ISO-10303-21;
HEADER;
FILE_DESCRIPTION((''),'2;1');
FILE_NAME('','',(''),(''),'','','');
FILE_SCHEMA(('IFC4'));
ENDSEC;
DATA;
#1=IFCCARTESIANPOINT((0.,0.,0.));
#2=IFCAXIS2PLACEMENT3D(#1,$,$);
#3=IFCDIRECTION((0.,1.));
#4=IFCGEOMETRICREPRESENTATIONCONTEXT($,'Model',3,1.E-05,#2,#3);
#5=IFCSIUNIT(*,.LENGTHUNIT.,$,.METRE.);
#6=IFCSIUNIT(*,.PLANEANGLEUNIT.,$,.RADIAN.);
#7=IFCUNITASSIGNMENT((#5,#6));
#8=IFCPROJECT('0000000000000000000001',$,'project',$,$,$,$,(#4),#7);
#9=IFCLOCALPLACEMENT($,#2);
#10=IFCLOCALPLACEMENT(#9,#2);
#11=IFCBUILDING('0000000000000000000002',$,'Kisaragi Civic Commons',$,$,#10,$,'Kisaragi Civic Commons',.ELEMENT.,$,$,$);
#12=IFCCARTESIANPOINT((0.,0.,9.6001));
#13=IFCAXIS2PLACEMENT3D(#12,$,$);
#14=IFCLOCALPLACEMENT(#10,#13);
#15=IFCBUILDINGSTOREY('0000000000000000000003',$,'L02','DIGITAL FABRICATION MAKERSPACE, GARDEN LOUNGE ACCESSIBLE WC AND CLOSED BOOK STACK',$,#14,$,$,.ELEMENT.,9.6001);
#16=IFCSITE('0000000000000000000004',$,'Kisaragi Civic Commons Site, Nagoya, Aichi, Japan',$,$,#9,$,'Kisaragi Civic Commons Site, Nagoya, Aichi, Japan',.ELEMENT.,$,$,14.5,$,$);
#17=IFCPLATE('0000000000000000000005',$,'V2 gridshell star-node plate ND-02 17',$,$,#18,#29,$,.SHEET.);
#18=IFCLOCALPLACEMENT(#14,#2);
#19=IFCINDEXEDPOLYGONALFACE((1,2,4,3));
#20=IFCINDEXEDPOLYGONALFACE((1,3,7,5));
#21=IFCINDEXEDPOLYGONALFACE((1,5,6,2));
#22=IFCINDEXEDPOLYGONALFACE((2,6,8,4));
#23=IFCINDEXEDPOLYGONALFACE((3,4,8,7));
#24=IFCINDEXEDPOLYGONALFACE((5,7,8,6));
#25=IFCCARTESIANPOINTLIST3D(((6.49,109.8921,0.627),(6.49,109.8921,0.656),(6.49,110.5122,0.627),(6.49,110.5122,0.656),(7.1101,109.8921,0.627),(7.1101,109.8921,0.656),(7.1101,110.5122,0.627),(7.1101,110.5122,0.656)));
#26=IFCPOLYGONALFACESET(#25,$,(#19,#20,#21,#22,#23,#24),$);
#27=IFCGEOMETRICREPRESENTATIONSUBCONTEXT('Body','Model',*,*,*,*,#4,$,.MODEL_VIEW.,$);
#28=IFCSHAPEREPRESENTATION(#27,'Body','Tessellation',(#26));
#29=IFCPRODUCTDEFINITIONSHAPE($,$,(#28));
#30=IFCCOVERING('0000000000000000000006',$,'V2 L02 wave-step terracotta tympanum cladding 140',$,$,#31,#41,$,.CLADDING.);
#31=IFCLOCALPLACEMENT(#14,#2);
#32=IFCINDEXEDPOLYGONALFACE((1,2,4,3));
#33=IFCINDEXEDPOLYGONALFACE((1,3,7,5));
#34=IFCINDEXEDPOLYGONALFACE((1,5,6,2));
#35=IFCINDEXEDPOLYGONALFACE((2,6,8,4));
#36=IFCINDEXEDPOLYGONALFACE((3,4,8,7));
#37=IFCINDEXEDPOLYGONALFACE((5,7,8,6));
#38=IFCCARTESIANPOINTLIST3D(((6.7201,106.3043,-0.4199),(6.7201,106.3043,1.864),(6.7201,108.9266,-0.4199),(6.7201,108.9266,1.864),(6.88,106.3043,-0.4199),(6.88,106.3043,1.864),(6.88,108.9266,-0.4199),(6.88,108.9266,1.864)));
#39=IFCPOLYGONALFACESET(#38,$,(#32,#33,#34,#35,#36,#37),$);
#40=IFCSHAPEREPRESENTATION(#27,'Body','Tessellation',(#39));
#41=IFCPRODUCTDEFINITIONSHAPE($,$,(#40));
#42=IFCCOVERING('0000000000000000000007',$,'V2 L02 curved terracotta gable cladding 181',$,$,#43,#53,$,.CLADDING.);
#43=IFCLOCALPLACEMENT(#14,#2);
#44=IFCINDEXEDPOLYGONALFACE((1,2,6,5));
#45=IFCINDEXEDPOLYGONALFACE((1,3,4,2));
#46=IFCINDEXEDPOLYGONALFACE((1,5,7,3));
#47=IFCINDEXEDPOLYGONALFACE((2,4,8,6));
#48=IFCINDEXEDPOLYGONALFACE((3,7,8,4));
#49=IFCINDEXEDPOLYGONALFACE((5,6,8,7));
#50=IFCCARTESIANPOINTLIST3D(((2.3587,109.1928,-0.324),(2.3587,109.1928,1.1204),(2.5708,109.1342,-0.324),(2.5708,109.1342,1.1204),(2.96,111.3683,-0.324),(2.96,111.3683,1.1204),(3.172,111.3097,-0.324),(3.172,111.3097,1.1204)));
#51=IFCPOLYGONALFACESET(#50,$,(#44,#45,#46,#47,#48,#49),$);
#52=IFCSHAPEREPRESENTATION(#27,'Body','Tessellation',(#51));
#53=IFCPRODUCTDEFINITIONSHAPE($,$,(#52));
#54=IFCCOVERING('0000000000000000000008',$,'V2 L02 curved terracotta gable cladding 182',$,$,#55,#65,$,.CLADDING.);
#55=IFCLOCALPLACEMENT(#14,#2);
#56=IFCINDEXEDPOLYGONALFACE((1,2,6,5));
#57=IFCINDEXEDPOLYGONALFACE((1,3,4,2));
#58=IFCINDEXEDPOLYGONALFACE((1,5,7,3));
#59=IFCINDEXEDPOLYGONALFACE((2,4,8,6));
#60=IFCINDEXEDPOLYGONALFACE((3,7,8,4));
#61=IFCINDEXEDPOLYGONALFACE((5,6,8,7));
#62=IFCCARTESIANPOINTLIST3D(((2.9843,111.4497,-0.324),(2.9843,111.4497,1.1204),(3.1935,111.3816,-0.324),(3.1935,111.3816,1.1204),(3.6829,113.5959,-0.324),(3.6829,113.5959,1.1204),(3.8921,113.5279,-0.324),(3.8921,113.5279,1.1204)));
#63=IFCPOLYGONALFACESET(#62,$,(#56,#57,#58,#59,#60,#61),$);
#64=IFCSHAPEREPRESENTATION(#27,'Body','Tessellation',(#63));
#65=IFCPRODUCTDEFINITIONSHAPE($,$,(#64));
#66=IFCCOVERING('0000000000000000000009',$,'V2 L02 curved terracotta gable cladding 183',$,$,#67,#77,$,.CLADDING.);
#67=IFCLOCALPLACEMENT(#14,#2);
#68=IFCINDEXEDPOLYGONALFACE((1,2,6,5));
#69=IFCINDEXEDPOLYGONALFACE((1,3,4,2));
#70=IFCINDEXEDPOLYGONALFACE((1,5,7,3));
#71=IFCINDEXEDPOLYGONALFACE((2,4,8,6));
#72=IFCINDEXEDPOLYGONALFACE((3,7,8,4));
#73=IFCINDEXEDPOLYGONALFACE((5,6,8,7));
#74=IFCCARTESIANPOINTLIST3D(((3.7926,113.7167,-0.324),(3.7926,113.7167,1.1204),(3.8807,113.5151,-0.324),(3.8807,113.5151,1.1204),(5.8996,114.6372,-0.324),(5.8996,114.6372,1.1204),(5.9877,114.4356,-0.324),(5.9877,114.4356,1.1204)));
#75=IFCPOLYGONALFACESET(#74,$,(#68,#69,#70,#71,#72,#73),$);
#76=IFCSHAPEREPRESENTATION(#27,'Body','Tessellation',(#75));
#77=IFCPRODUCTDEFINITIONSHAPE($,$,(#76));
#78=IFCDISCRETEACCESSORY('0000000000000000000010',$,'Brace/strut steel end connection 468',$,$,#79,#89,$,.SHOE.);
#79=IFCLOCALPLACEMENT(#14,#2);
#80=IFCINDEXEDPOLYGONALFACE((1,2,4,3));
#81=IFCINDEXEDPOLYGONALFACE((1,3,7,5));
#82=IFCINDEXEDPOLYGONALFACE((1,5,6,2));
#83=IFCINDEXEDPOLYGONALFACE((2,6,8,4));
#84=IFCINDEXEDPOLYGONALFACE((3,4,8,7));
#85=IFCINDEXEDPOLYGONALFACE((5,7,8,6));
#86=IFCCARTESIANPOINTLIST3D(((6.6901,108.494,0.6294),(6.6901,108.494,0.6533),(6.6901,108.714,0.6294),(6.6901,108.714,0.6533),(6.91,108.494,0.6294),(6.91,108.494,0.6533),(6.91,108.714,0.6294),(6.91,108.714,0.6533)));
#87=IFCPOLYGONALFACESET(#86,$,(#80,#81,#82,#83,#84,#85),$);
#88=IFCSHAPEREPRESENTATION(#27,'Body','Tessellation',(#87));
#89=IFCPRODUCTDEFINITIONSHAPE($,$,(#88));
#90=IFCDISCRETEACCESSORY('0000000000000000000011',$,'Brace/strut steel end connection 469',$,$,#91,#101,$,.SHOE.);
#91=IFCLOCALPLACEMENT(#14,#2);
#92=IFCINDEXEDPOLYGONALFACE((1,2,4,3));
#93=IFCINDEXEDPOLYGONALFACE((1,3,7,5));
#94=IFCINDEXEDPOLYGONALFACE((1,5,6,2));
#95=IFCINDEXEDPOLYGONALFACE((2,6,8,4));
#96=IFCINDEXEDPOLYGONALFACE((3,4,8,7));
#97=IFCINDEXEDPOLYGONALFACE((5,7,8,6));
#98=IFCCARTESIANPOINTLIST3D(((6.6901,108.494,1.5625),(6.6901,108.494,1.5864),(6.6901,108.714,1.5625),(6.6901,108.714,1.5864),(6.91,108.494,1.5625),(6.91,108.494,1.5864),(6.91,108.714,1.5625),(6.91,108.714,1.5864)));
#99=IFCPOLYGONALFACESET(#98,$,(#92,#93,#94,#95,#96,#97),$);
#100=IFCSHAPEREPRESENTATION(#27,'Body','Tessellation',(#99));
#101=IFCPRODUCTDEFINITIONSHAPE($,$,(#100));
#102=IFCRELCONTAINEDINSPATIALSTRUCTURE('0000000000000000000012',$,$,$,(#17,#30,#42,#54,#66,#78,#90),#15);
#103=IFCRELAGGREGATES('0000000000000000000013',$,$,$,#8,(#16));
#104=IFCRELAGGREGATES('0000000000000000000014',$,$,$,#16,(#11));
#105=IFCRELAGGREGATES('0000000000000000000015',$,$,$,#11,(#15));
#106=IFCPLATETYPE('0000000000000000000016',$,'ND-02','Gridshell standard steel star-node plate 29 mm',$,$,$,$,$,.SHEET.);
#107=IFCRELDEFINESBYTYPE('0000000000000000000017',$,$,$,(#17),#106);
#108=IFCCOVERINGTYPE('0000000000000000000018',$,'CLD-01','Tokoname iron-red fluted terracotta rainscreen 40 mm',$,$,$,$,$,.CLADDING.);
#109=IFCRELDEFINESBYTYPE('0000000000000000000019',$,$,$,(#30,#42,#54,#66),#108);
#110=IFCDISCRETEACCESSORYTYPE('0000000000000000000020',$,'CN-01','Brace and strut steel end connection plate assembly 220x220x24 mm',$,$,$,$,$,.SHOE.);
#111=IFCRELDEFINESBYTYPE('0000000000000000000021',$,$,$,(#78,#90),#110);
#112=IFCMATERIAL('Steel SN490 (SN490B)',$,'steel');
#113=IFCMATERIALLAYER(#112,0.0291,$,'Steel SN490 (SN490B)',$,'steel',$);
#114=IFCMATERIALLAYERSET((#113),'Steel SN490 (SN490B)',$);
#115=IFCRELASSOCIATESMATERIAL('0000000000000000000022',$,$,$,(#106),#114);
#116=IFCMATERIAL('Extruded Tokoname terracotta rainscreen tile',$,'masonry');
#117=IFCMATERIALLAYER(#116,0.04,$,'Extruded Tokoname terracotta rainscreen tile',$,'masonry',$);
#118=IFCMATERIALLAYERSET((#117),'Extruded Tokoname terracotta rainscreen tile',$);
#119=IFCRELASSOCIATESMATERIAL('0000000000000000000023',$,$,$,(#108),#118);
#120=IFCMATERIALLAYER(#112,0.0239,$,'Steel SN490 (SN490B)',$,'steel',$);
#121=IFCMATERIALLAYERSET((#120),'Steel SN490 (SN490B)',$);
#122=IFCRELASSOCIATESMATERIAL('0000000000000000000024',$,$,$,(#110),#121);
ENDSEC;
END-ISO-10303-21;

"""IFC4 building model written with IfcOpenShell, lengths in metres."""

from ifc_helpers import new_model, si_unit, direction, frame, origin, origin_2d, place, context, subcontext, project, spatial, rectangle, extrude, material, layer, layer_set, type_object, element, save


model = new_model("IFC4")

# Units and contexts
model_context = context("Model", 3, precision=1e-05, world=origin(), true_north=direction((0.0, 1.0)))
body_context = subcontext(model_context, "Body", "Model", "MODEL_VIEW")
ifc_project = project(units=[si_unit("LENGTHUNIT", "METRE"), si_unit("PLANEANGLEUNIT", "RADIAN")], contexts=[model_context])

# Site, building, storey
site_placement = place(None, origin())
site = spatial("IfcSite", under=ifc_project, at=site_placement, Name="Kisaragi Civic Commons Site, Nagoya, Aichi, Japan", LongName="Kisaragi Civic Commons Site, Nagoya, Aichi, Japan", CompositionType="ELEMENT", RefElevation=14.5)
building_placement = place(site_placement, origin())
building = spatial("IfcBuilding", under=site, at=building_placement, Name="Kisaragi Civic Commons", LongName="Kisaragi Civic Commons", CompositionType="ELEMENT")
storey_placement = place(building_placement, frame((0.0, 0.0, 9.6001)))
storey = spatial("IfcBuildingStorey", under=building, at=storey_placement, Name="L02", Description="DIGITAL FABRICATION MAKERSPACE, GARDEN LOUNGE ACCESSIBLE WC AND CLOSED BOOK STACK", CompositionType="ELEMENT", Elevation=9.6001)

# Shared definitions
ifc_material_1 = material(Name="Steel SN490 (SN490B)", Category="steel")

# Plate
ifc_layer_1 = layer(ifc_material_1, 0.0291, Name="Steel SN490 (SN490B)", Category="steel")
ifc_layer_set_1 = layer_set([ifc_layer_1], Name="Steel SN490 (SN490B)")
plate_type_1 = type_object("IfcPlateType", Name="ND-02", Description="Gridshell standard steel star-node plate 29 mm", PredefinedType="SHEET", material=ifc_layer_set_1)
plate_1_placement = place(storey_placement, frame((6.8, 110.2021, 0.627), z_axis=(0.0, 0.0, 1.0), x_axis=(1.0, 0.0, 0.0)))
element("IfcPlate", 1, at=plate_1_placement, inside=storey, type_object=plate_type_1, Name="V2 gridshell star-node plate ND-02 17", PredefinedType="SHEET", context=body_context, shape_type="SweptSolid", body=[
    extrude(rectangle(XDim=0.6201, YDim=0.6201, at=origin_2d()), origin(), (0.0, 0.0, 1.0), 0.0291),
])

# Coverings
ifc_material_2 = material(Name="Extruded Tokoname terracotta rainscreen tile", Category="masonry")
ifc_layer_2 = layer(ifc_material_2, 0.04, Name="Extruded Tokoname terracotta rainscreen tile", Category="masonry")
ifc_layer_set_2 = layer_set([ifc_layer_2], Name="Extruded Tokoname terracotta rainscreen tile")
covering_type = type_object("IfcCoveringType", Name="CLD-01", Description="Tokoname iron-red fluted terracotta rainscreen 40 mm", PredefinedType="CLADDING", material=ifc_layer_set_2)
covering_1_placement = place(storey_placement, frame((6.8, 107.6155, -0.4199), z_axis=(0.0, 0.0, 1.0), x_axis=(0.0, 1.0, 0.0)))
element("IfcCovering", 2, at=covering_1_placement, inside=storey, type_object=covering_type, Name="V2 L02 wave-step terracotta tympanum cladding 140", PredefinedType="CLADDING", context=body_context, shape_type="SweptSolid", body=[
    extrude(rectangle(XDim=2.6223, YDim=0.1599, at=origin_2d()), origin(), (0.0, 0.0, 1.0), 2.2839),
])
for number, where, z_axis, x_axis, name in (
    (3, (2.7654, 110.2512, -0.324), (0.0, 0.0, 1.0), (0.266397, 0.963863, 0.0), "V2 L02 curved terracotta gable cladding 181"),
    (4, (3.4382, 112.4888, -0.324), (0.0, 0.0, 1.0), (0.309515, 0.950895, 0.0), "V2 L02 curved terracotta gable cladding 182"),
):
    element("IfcCovering", number, at=place(storey_placement, frame(where, z_axis=z_axis, x_axis=x_axis)), inside=storey, type_object=covering_type, Name=name, PredefinedType="CLADDING", context=body_context, shape_type="SweptSolid", body=[
        extrude(rectangle(XDim=2.2571, YDim=0.22, at=origin_2d()), origin(), (0.0, 0.0, 1.0), 1.4443),
    ])
covering_2_placement = place(storey_placement, frame((4.8901, 114.0762, -0.324), z_axis=(0.0, 0.0, 1.0), x_axis=(0.916363, 0.400349, 0.0)))
element("IfcCovering", 5, at=covering_2_placement, inside=storey, type_object=covering_type, Name="V2 L02 curved terracotta gable cladding 183", PredefinedType="CLADDING", context=body_context, shape_type="SweptSolid", body=[
    extrude(rectangle(XDim=2.2993, YDim=0.22, at=origin_2d()), origin(), (0.0, 0.0, 1.0), 1.4443),
])

# Discrete accessories
ifc_layer_3 = layer(ifc_material_1, 0.0239, Name="Steel SN490 (SN490B)", Category="steel")
ifc_layer_set_3 = layer_set([ifc_layer_3], Name="Steel SN490 (SN490B)")
discrete_accessory_type = type_object("IfcDiscreteAccessoryType", Name="CN-01", Description="Brace and strut steel end connection plate assembly 220x220x24 mm", PredefinedType="SHOE", material=ifc_layer_set_3)
for number, where, z_axis, x_axis, name in (
    (6, (6.8, 108.604, 0.6294), (0.0, 0.0, 1.0), (1.0, 0.0, 0.0), "Brace/strut steel end connection 468"),
    (7, (6.8, 108.604, 1.5625), (0.0, 0.0, 1.0), (1.0, 0.0, 0.0), "Brace/strut steel end connection 469"),
):
    element("IfcDiscreteAccessory", number, at=place(storey_placement, frame(where, z_axis=z_axis, x_axis=x_axis)), inside=storey, type_object=discrete_accessory_type, Name=name, PredefinedType="SHOE", context=body_context, shape_type="SweptSolid", body=[
        extrude(rectangle(XDim=0.22, YDim=0.22, at=origin_2d()), origin(), (0.0, 0.0, 1.0), 0.0239),
    ])

save(model, "model.ifc")
